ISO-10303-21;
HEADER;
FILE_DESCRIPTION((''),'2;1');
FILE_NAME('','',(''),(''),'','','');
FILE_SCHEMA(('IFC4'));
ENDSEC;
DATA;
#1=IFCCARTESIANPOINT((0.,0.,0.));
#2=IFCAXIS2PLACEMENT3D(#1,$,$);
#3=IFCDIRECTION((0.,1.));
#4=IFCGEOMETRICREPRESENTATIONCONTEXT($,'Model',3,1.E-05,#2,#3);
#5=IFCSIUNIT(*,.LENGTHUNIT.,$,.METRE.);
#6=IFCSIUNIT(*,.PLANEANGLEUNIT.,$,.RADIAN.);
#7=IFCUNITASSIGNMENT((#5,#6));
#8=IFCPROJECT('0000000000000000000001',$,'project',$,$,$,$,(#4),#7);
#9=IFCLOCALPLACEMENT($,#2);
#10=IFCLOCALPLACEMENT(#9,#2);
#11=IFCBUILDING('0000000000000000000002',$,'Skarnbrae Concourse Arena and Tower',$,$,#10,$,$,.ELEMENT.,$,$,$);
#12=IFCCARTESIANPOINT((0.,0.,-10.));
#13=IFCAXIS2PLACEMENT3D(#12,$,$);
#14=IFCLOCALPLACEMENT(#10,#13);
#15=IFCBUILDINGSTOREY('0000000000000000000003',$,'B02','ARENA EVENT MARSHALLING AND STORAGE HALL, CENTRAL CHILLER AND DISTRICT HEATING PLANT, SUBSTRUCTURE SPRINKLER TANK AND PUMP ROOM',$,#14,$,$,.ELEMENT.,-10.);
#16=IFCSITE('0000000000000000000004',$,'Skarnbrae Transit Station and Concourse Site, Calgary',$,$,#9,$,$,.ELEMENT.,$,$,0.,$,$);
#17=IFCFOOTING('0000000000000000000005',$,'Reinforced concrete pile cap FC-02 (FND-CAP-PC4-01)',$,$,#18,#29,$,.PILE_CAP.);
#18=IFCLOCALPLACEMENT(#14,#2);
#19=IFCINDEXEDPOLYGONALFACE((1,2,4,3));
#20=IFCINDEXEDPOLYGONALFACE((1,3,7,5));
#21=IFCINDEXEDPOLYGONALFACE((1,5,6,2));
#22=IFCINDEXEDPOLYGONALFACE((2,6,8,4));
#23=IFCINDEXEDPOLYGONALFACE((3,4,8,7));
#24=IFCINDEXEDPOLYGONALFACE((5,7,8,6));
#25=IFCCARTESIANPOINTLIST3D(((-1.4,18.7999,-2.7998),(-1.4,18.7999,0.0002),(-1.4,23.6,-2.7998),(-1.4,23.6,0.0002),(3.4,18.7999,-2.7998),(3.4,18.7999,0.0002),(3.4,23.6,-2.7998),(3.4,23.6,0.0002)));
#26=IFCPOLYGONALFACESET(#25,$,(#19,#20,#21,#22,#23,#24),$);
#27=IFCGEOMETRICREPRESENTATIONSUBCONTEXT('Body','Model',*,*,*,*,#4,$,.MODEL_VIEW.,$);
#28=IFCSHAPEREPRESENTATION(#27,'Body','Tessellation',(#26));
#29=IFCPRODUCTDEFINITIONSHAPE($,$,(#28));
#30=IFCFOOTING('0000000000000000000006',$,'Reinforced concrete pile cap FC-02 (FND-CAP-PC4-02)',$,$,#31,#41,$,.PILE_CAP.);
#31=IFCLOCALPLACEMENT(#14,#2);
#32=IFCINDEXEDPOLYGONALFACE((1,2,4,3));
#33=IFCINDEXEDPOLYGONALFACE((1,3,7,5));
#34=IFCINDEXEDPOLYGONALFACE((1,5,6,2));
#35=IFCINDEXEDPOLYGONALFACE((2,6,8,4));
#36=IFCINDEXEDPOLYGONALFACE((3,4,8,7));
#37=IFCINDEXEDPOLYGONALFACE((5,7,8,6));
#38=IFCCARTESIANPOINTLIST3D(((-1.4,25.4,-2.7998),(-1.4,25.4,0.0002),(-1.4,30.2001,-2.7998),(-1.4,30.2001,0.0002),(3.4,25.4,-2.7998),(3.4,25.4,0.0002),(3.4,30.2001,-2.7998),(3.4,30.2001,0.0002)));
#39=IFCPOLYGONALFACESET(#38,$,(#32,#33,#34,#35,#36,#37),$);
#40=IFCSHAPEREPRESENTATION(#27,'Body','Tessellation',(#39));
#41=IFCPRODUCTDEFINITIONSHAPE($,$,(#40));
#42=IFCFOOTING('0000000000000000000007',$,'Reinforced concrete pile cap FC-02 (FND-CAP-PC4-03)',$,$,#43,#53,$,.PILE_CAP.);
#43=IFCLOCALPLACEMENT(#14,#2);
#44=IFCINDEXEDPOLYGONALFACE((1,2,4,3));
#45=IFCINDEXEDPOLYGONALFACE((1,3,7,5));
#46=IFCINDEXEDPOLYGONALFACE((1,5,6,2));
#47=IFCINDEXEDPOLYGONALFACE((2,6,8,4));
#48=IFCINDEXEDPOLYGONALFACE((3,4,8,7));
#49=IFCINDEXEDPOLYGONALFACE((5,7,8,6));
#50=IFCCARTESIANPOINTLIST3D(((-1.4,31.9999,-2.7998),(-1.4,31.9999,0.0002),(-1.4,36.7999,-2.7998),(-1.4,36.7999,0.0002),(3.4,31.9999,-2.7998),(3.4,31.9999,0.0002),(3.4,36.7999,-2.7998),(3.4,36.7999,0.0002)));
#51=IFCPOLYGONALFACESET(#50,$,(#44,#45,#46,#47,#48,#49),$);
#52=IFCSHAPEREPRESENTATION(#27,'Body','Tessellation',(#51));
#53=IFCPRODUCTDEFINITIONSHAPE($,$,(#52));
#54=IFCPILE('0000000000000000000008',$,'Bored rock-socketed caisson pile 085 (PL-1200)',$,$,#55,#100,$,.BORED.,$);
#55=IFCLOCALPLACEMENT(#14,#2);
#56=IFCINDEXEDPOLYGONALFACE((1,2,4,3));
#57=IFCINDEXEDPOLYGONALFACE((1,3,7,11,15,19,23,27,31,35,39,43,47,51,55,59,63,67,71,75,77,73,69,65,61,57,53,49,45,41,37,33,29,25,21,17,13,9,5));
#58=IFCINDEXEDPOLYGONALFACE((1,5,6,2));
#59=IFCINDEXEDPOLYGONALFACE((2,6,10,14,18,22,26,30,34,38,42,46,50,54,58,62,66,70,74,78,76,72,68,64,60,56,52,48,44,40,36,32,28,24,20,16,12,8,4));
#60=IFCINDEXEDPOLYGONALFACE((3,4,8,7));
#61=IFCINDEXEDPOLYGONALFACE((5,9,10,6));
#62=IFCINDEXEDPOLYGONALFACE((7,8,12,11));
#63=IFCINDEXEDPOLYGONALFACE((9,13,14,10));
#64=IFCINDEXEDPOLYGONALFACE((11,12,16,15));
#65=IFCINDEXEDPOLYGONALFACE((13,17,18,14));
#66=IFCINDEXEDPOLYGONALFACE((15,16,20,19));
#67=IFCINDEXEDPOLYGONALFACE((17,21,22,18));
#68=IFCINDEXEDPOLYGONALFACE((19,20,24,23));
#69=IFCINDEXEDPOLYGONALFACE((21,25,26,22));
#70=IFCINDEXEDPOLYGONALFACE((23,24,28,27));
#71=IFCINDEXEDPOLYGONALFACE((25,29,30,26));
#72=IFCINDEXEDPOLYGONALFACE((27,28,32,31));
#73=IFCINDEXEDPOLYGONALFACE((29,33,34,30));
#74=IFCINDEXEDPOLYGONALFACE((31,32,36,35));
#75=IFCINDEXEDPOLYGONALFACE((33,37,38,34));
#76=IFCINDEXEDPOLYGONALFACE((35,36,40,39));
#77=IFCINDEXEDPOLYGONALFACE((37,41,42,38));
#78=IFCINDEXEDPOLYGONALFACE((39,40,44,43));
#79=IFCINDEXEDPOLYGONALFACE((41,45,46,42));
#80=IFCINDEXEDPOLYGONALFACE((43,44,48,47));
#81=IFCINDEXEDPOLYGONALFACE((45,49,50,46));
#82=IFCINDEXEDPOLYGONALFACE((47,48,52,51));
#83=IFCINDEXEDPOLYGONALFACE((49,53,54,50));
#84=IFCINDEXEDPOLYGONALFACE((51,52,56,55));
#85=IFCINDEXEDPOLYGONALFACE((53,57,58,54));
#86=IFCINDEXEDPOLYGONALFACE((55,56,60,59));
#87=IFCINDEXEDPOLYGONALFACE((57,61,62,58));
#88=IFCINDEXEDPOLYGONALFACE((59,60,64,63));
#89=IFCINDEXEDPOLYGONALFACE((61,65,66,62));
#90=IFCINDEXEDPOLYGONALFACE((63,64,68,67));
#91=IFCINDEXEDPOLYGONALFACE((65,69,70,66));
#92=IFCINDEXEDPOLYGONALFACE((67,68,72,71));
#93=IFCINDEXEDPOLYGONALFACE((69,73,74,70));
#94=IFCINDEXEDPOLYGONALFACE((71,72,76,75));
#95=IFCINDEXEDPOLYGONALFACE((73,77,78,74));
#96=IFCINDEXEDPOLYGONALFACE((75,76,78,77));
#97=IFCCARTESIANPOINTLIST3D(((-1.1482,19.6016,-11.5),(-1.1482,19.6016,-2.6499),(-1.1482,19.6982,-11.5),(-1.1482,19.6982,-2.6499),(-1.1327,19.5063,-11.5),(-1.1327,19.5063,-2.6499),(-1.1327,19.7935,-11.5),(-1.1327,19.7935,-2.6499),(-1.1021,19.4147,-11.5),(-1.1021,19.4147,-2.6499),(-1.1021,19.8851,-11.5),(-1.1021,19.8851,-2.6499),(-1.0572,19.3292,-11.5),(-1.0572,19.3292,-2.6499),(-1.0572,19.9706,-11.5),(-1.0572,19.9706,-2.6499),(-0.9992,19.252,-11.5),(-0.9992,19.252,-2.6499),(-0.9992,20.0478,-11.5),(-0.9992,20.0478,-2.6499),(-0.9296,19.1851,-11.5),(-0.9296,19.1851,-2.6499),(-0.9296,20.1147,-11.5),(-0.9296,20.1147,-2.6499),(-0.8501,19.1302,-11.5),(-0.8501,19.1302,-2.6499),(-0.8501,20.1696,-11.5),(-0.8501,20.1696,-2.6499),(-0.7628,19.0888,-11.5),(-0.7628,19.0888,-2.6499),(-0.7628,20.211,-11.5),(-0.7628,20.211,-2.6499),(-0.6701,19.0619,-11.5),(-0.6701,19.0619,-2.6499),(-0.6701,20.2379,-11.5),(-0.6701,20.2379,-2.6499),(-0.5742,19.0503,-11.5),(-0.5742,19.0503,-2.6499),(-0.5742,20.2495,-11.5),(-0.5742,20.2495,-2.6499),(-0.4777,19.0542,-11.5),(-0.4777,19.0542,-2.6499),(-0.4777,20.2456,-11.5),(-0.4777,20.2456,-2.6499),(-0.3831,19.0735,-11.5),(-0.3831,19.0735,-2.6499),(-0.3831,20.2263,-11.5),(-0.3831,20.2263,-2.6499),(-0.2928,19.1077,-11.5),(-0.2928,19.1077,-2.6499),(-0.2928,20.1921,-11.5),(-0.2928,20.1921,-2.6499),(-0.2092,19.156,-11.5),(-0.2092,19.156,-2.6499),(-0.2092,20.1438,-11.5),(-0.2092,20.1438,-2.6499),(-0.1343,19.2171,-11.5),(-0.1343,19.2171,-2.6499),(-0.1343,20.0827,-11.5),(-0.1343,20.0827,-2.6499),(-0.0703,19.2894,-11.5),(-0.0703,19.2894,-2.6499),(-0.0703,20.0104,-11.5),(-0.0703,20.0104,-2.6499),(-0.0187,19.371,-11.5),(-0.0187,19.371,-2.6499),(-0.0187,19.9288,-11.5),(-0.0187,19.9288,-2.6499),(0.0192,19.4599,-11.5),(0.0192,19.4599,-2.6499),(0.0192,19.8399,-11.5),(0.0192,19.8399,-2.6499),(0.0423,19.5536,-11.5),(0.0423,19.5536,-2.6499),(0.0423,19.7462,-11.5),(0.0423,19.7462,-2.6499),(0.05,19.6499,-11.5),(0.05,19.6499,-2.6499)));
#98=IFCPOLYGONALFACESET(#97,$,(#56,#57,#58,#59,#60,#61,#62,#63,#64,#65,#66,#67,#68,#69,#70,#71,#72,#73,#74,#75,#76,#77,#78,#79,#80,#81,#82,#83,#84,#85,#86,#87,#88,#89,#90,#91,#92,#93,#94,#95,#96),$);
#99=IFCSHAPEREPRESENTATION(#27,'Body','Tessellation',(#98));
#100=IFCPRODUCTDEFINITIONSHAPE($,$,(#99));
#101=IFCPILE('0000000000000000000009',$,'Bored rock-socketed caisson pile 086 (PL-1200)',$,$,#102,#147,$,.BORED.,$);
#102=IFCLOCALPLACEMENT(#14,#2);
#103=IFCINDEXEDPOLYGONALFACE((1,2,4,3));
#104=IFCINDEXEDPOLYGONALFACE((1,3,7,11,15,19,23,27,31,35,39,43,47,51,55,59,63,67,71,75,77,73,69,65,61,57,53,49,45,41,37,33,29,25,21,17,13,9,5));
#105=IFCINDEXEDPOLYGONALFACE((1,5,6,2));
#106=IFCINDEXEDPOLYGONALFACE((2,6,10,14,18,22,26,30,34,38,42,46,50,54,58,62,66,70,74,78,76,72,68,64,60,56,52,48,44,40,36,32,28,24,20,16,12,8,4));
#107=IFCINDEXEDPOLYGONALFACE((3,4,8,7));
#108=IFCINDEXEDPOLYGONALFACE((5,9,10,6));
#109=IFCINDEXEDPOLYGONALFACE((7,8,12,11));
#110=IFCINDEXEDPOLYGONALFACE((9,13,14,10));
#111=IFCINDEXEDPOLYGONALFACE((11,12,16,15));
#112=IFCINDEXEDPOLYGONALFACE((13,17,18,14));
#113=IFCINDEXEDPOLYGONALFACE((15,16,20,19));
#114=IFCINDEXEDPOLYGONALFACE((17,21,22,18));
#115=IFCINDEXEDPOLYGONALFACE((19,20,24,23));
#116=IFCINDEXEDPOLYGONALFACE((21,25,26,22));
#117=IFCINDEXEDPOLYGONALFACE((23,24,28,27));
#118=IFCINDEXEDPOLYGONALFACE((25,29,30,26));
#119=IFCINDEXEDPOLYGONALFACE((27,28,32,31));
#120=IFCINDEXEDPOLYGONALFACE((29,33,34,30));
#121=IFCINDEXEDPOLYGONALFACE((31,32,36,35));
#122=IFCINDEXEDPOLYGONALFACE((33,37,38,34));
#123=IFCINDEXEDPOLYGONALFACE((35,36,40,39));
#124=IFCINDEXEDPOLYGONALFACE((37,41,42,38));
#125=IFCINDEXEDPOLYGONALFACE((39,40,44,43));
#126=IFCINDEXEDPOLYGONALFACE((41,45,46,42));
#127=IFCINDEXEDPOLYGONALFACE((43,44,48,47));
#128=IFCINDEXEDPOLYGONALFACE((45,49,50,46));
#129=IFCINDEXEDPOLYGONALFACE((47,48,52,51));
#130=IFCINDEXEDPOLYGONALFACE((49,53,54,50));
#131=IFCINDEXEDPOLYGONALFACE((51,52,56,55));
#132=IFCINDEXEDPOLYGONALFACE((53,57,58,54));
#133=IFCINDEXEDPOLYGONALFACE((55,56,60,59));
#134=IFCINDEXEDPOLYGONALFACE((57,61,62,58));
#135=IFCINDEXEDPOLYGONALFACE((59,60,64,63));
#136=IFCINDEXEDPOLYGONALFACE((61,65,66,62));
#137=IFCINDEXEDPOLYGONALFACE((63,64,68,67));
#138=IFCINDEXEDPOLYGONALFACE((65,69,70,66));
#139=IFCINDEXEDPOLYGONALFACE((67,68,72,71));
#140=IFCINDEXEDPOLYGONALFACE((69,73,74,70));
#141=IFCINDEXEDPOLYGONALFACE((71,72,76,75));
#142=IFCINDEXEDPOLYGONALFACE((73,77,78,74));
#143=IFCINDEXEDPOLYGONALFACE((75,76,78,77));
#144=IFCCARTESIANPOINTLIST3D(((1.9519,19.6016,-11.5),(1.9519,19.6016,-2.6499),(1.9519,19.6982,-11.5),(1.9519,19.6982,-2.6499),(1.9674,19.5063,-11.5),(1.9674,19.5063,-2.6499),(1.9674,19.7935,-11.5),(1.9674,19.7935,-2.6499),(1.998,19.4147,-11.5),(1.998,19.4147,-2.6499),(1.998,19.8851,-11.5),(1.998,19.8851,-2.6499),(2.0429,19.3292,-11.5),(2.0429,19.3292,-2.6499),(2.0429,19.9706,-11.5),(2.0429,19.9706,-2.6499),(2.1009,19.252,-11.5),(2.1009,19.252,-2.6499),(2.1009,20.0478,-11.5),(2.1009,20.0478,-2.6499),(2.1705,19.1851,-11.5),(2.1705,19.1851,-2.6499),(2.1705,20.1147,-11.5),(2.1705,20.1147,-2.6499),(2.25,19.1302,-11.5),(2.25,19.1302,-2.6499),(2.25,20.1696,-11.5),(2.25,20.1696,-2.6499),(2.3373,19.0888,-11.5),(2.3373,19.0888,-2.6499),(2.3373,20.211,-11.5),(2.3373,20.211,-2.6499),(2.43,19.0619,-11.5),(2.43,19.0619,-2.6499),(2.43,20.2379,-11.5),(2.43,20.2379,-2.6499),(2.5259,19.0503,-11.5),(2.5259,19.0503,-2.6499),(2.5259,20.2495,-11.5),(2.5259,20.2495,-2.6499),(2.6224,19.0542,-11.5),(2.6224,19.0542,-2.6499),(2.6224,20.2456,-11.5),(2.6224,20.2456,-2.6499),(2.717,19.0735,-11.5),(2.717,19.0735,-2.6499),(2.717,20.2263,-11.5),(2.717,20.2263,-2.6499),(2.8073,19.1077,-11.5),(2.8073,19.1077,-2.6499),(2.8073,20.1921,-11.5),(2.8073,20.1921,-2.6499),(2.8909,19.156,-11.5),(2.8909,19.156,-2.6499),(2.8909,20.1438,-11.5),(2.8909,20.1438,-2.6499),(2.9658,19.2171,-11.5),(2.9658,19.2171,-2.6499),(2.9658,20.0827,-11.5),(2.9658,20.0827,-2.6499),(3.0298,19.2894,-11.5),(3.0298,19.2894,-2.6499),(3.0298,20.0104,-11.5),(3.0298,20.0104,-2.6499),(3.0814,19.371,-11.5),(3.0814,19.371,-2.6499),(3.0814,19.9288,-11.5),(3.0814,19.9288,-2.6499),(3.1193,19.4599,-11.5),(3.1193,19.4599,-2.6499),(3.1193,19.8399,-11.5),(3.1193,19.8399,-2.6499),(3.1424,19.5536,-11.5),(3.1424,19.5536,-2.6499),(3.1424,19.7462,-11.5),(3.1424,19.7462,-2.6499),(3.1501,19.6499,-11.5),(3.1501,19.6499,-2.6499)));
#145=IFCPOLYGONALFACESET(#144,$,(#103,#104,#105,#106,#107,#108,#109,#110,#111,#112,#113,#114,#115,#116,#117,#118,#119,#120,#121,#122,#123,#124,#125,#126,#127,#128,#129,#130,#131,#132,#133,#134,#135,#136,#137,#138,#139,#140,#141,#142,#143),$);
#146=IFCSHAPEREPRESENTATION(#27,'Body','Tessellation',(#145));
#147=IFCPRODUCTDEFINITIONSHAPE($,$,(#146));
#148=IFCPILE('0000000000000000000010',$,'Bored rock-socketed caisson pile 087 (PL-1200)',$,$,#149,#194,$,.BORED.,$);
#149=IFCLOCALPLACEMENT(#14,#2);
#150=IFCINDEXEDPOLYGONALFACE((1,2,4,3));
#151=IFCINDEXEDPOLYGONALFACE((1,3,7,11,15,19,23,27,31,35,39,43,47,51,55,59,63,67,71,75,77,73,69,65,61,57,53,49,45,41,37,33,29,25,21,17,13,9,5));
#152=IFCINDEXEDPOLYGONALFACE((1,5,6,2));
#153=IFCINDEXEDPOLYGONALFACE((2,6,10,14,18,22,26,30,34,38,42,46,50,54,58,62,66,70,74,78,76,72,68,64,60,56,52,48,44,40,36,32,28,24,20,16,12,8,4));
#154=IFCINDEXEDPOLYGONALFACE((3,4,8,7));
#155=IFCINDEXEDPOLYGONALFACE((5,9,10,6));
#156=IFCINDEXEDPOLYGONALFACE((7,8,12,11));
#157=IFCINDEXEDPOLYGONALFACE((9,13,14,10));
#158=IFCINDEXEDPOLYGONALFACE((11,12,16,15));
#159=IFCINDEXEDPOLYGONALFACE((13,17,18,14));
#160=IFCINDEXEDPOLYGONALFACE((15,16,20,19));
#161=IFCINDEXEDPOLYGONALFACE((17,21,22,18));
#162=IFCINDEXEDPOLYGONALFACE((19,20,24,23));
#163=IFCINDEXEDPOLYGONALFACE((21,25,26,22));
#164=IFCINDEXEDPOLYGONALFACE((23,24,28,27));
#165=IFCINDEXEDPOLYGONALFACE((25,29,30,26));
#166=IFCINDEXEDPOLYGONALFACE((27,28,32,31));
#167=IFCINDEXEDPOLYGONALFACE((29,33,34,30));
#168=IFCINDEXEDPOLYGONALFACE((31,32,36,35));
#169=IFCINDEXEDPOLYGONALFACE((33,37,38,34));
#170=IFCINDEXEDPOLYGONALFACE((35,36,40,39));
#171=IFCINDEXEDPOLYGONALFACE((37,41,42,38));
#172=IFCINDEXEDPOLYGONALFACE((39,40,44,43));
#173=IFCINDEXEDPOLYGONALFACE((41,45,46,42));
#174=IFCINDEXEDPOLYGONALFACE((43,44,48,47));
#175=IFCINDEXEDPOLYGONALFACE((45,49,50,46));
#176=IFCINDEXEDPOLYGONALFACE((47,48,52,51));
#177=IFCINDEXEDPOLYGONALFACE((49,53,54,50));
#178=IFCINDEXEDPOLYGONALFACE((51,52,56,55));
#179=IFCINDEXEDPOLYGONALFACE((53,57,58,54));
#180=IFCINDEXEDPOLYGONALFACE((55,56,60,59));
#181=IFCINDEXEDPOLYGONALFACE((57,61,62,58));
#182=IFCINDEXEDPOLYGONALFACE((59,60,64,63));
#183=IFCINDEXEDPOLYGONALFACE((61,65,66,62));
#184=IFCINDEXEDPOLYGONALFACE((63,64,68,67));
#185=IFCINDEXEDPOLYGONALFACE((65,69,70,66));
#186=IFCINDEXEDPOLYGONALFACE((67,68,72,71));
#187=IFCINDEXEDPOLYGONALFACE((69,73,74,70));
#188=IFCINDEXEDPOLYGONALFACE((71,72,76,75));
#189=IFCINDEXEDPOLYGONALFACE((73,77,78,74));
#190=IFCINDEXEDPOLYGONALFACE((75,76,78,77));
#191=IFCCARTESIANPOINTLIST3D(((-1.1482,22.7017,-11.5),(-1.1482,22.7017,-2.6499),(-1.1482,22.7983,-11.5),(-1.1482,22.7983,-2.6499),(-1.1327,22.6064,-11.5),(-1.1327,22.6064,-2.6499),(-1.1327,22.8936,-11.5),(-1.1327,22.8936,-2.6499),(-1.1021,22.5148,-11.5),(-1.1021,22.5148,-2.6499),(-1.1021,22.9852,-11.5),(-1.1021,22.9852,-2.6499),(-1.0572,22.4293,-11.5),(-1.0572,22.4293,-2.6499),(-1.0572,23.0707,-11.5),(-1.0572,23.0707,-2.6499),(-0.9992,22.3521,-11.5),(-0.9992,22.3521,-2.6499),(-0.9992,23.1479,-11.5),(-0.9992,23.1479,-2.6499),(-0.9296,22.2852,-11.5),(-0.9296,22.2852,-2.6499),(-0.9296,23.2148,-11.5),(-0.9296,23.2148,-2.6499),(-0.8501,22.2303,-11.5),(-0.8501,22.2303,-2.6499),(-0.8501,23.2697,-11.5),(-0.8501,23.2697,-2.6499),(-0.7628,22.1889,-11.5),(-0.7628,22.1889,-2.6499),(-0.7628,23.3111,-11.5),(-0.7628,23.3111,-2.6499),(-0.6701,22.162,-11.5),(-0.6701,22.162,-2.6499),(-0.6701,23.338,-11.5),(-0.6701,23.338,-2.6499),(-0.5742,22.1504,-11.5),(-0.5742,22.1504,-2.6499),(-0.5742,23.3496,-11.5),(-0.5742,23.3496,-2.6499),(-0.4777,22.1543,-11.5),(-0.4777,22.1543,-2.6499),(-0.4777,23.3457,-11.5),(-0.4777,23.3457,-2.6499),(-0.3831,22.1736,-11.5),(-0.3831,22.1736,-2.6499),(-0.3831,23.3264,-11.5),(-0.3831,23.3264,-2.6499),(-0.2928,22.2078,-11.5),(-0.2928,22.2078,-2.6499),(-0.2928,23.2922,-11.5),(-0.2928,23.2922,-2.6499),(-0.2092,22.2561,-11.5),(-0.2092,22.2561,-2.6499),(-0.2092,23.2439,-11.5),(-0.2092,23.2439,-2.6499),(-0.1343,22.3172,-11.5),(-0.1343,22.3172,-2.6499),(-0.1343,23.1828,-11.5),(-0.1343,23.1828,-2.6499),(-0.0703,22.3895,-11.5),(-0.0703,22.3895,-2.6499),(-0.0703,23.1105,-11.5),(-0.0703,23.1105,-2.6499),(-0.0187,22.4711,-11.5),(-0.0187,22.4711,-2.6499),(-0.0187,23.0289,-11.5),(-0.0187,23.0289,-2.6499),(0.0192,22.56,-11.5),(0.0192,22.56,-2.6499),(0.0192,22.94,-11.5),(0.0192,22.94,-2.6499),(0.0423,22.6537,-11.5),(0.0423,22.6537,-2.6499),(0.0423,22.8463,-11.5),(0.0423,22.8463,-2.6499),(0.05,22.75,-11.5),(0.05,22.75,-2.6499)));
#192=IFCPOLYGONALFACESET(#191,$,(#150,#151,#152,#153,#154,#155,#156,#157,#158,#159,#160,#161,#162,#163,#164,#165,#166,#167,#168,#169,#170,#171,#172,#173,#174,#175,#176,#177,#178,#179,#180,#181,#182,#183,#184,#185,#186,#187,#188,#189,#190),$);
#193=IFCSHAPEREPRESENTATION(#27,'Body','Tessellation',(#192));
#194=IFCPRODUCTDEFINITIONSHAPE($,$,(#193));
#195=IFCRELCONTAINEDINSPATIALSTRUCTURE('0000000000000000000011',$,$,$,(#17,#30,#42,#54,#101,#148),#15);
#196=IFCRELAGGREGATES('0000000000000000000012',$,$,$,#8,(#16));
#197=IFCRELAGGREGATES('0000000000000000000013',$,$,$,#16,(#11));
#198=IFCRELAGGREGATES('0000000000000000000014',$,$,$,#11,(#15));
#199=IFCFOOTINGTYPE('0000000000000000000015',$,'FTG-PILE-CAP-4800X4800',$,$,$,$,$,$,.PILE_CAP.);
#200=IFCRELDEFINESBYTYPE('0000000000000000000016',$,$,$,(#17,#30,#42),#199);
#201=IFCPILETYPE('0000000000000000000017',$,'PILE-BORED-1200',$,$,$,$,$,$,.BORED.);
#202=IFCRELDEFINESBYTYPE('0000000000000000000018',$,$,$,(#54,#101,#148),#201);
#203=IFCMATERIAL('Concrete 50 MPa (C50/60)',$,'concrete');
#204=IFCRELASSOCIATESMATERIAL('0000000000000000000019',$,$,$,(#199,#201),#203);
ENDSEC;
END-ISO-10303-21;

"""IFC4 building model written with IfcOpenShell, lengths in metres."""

from ifc_helpers import new_model, si_unit, direction, frame, origin, origin_2d, place, context, subcontext, project, spatial, rectangle, circle, extrude, source, transform, mapped, material, material_profile, profile_set, type_object, element, save


model = new_model("IFC4")

# Units and contexts
model_context = context("Model", 3, precision=1e-05, world=origin(), true_north=direction((0.0, 1.0)))
body_context = subcontext(model_context, "Body", "Model", "MODEL_VIEW")
ifc_project = project(units=[si_unit("LENGTHUNIT", "METRE"), si_unit("PLANEANGLEUNIT", "RADIAN")], contexts=[model_context])

# Site, building, storey
site_placement = place(None, origin())
site = spatial("IfcSite", under=ifc_project, at=site_placement, Name="Skarnbrae Transit Station and Concourse Site, Calgary", CompositionType="ELEMENT", RefElevation=0.0)
building_placement = place(site_placement, origin())
building = spatial("IfcBuilding", under=site, at=building_placement, Name="Skarnbrae Concourse Arena and Tower", CompositionType="ELEMENT")
storey_placement = place(building_placement, frame((0.0, 0.0, -10.0)))
storey = spatial("IfcBuildingStorey", under=building, at=storey_placement, Name="B02", Description="ARENA EVENT MARSHALLING AND STORAGE HALL, CENTRAL CHILLER AND DISTRICT HEATING PLANT, SUBSTRUCTURE SPRINKLER TANK AND PUMP ROOM", CompositionType="ELEMENT", Elevation=-10.0)

# Footings
ifc_material_1 = material(Name="Concrete 50 MPa (C50/60)", Category="concrete")
footing_type = type_object("IfcFootingType", Name="FTG-PILE-CAP-4800X4800", PredefinedType="PILE_CAP", material=ifc_material_1)
shared_shape_1 = source(origin(), body_context, "Body", "SweptSolid", [
    extrude(rectangle(XDim=4.8, YDim=4.8, at=origin_2d()), origin(), (0.0, 0.0, 1.0), 2.8),
])
for number, where, z_axis, x_axis, name in (
    (1, (1.0, 21.2, -2.7998), (0.0, 0.0, 1.0), (1.0, 0.0, 0.0), "Reinforced concrete pile cap FC-02 (FND-CAP-PC4-01)"),
    (2, (1.0, 27.8, -2.7998), (0.0, 0.0, 1.0), (1.0, 0.0, 0.0), "Reinforced concrete pile cap FC-02 (FND-CAP-PC4-02)"),
    (3, (1.0, 34.3999, -2.7998), (0.0, 0.0, 1.0), (1.0, 0.0, 0.0), "Reinforced concrete pile cap FC-02 (FND-CAP-PC4-03)"),
):
    element("IfcFooting", number, at=place(storey_placement, frame(where, z_axis=z_axis, x_axis=x_axis)), inside=storey, type_object=footing_type, Name=name, PredefinedType="PILE_CAP", context=body_context, shape_type="MappedRepresentation", body=[
        mapped(shared_shape_1, transform((0.0, 0.0, 0.0))),
    ])

# Piles
ifc_material_profile_1 = material_profile(ifc_material_1, circle(Radius=0.6001, at=origin_2d()), Name="CAISSON-1200")
ifc_profile_set_1 = profile_set([ifc_material_profile_1], Name="Concrete 50 MPa (C50/60)")
pile_type = type_object("IfcPileType", Name="PILE-BORED-1200", PredefinedType="BORED", material=ifc_profile_set_1)
shared_shape_2 = source(origin(), body_context, "Body", "SweptSolid", [
    extrude(circle(Radius=0.6001, at=origin_2d()), origin(), (0.0, 0.0, 1.0), 8.8501),
])
for number, where, z_axis, x_axis, name in (
    (4, (-0.55, 19.6499, -2.6499), (0.0, 0.0, -1.0), (1.0, 0.0, 0.0), "Bored rock-socketed caisson pile 085 (PL-1200)"),
    (5, (2.55, 19.6499, -2.6499), (0.0, 0.0, -1.0), (1.0, 0.0, 0.0), "Bored rock-socketed caisson pile 086 (PL-1200)"),
    (6, (-0.55, 22.75, -2.6499), (0.0, 0.0, -1.0), (1.0, 0.0, 0.0), "Bored rock-socketed caisson pile 087 (PL-1200)"),
):
    element("IfcPile", number, at=place(storey_placement, frame(where, z_axis=z_axis, x_axis=x_axis)), inside=storey, type_object=pile_type, Name=name, PredefinedType="BORED", context=body_context, shape_type="MappedRepresentation", body=[
        mapped(shared_shape_2, transform((0.0, 0.0, 0.0))),
    ])

save(model, "model.ifc")
